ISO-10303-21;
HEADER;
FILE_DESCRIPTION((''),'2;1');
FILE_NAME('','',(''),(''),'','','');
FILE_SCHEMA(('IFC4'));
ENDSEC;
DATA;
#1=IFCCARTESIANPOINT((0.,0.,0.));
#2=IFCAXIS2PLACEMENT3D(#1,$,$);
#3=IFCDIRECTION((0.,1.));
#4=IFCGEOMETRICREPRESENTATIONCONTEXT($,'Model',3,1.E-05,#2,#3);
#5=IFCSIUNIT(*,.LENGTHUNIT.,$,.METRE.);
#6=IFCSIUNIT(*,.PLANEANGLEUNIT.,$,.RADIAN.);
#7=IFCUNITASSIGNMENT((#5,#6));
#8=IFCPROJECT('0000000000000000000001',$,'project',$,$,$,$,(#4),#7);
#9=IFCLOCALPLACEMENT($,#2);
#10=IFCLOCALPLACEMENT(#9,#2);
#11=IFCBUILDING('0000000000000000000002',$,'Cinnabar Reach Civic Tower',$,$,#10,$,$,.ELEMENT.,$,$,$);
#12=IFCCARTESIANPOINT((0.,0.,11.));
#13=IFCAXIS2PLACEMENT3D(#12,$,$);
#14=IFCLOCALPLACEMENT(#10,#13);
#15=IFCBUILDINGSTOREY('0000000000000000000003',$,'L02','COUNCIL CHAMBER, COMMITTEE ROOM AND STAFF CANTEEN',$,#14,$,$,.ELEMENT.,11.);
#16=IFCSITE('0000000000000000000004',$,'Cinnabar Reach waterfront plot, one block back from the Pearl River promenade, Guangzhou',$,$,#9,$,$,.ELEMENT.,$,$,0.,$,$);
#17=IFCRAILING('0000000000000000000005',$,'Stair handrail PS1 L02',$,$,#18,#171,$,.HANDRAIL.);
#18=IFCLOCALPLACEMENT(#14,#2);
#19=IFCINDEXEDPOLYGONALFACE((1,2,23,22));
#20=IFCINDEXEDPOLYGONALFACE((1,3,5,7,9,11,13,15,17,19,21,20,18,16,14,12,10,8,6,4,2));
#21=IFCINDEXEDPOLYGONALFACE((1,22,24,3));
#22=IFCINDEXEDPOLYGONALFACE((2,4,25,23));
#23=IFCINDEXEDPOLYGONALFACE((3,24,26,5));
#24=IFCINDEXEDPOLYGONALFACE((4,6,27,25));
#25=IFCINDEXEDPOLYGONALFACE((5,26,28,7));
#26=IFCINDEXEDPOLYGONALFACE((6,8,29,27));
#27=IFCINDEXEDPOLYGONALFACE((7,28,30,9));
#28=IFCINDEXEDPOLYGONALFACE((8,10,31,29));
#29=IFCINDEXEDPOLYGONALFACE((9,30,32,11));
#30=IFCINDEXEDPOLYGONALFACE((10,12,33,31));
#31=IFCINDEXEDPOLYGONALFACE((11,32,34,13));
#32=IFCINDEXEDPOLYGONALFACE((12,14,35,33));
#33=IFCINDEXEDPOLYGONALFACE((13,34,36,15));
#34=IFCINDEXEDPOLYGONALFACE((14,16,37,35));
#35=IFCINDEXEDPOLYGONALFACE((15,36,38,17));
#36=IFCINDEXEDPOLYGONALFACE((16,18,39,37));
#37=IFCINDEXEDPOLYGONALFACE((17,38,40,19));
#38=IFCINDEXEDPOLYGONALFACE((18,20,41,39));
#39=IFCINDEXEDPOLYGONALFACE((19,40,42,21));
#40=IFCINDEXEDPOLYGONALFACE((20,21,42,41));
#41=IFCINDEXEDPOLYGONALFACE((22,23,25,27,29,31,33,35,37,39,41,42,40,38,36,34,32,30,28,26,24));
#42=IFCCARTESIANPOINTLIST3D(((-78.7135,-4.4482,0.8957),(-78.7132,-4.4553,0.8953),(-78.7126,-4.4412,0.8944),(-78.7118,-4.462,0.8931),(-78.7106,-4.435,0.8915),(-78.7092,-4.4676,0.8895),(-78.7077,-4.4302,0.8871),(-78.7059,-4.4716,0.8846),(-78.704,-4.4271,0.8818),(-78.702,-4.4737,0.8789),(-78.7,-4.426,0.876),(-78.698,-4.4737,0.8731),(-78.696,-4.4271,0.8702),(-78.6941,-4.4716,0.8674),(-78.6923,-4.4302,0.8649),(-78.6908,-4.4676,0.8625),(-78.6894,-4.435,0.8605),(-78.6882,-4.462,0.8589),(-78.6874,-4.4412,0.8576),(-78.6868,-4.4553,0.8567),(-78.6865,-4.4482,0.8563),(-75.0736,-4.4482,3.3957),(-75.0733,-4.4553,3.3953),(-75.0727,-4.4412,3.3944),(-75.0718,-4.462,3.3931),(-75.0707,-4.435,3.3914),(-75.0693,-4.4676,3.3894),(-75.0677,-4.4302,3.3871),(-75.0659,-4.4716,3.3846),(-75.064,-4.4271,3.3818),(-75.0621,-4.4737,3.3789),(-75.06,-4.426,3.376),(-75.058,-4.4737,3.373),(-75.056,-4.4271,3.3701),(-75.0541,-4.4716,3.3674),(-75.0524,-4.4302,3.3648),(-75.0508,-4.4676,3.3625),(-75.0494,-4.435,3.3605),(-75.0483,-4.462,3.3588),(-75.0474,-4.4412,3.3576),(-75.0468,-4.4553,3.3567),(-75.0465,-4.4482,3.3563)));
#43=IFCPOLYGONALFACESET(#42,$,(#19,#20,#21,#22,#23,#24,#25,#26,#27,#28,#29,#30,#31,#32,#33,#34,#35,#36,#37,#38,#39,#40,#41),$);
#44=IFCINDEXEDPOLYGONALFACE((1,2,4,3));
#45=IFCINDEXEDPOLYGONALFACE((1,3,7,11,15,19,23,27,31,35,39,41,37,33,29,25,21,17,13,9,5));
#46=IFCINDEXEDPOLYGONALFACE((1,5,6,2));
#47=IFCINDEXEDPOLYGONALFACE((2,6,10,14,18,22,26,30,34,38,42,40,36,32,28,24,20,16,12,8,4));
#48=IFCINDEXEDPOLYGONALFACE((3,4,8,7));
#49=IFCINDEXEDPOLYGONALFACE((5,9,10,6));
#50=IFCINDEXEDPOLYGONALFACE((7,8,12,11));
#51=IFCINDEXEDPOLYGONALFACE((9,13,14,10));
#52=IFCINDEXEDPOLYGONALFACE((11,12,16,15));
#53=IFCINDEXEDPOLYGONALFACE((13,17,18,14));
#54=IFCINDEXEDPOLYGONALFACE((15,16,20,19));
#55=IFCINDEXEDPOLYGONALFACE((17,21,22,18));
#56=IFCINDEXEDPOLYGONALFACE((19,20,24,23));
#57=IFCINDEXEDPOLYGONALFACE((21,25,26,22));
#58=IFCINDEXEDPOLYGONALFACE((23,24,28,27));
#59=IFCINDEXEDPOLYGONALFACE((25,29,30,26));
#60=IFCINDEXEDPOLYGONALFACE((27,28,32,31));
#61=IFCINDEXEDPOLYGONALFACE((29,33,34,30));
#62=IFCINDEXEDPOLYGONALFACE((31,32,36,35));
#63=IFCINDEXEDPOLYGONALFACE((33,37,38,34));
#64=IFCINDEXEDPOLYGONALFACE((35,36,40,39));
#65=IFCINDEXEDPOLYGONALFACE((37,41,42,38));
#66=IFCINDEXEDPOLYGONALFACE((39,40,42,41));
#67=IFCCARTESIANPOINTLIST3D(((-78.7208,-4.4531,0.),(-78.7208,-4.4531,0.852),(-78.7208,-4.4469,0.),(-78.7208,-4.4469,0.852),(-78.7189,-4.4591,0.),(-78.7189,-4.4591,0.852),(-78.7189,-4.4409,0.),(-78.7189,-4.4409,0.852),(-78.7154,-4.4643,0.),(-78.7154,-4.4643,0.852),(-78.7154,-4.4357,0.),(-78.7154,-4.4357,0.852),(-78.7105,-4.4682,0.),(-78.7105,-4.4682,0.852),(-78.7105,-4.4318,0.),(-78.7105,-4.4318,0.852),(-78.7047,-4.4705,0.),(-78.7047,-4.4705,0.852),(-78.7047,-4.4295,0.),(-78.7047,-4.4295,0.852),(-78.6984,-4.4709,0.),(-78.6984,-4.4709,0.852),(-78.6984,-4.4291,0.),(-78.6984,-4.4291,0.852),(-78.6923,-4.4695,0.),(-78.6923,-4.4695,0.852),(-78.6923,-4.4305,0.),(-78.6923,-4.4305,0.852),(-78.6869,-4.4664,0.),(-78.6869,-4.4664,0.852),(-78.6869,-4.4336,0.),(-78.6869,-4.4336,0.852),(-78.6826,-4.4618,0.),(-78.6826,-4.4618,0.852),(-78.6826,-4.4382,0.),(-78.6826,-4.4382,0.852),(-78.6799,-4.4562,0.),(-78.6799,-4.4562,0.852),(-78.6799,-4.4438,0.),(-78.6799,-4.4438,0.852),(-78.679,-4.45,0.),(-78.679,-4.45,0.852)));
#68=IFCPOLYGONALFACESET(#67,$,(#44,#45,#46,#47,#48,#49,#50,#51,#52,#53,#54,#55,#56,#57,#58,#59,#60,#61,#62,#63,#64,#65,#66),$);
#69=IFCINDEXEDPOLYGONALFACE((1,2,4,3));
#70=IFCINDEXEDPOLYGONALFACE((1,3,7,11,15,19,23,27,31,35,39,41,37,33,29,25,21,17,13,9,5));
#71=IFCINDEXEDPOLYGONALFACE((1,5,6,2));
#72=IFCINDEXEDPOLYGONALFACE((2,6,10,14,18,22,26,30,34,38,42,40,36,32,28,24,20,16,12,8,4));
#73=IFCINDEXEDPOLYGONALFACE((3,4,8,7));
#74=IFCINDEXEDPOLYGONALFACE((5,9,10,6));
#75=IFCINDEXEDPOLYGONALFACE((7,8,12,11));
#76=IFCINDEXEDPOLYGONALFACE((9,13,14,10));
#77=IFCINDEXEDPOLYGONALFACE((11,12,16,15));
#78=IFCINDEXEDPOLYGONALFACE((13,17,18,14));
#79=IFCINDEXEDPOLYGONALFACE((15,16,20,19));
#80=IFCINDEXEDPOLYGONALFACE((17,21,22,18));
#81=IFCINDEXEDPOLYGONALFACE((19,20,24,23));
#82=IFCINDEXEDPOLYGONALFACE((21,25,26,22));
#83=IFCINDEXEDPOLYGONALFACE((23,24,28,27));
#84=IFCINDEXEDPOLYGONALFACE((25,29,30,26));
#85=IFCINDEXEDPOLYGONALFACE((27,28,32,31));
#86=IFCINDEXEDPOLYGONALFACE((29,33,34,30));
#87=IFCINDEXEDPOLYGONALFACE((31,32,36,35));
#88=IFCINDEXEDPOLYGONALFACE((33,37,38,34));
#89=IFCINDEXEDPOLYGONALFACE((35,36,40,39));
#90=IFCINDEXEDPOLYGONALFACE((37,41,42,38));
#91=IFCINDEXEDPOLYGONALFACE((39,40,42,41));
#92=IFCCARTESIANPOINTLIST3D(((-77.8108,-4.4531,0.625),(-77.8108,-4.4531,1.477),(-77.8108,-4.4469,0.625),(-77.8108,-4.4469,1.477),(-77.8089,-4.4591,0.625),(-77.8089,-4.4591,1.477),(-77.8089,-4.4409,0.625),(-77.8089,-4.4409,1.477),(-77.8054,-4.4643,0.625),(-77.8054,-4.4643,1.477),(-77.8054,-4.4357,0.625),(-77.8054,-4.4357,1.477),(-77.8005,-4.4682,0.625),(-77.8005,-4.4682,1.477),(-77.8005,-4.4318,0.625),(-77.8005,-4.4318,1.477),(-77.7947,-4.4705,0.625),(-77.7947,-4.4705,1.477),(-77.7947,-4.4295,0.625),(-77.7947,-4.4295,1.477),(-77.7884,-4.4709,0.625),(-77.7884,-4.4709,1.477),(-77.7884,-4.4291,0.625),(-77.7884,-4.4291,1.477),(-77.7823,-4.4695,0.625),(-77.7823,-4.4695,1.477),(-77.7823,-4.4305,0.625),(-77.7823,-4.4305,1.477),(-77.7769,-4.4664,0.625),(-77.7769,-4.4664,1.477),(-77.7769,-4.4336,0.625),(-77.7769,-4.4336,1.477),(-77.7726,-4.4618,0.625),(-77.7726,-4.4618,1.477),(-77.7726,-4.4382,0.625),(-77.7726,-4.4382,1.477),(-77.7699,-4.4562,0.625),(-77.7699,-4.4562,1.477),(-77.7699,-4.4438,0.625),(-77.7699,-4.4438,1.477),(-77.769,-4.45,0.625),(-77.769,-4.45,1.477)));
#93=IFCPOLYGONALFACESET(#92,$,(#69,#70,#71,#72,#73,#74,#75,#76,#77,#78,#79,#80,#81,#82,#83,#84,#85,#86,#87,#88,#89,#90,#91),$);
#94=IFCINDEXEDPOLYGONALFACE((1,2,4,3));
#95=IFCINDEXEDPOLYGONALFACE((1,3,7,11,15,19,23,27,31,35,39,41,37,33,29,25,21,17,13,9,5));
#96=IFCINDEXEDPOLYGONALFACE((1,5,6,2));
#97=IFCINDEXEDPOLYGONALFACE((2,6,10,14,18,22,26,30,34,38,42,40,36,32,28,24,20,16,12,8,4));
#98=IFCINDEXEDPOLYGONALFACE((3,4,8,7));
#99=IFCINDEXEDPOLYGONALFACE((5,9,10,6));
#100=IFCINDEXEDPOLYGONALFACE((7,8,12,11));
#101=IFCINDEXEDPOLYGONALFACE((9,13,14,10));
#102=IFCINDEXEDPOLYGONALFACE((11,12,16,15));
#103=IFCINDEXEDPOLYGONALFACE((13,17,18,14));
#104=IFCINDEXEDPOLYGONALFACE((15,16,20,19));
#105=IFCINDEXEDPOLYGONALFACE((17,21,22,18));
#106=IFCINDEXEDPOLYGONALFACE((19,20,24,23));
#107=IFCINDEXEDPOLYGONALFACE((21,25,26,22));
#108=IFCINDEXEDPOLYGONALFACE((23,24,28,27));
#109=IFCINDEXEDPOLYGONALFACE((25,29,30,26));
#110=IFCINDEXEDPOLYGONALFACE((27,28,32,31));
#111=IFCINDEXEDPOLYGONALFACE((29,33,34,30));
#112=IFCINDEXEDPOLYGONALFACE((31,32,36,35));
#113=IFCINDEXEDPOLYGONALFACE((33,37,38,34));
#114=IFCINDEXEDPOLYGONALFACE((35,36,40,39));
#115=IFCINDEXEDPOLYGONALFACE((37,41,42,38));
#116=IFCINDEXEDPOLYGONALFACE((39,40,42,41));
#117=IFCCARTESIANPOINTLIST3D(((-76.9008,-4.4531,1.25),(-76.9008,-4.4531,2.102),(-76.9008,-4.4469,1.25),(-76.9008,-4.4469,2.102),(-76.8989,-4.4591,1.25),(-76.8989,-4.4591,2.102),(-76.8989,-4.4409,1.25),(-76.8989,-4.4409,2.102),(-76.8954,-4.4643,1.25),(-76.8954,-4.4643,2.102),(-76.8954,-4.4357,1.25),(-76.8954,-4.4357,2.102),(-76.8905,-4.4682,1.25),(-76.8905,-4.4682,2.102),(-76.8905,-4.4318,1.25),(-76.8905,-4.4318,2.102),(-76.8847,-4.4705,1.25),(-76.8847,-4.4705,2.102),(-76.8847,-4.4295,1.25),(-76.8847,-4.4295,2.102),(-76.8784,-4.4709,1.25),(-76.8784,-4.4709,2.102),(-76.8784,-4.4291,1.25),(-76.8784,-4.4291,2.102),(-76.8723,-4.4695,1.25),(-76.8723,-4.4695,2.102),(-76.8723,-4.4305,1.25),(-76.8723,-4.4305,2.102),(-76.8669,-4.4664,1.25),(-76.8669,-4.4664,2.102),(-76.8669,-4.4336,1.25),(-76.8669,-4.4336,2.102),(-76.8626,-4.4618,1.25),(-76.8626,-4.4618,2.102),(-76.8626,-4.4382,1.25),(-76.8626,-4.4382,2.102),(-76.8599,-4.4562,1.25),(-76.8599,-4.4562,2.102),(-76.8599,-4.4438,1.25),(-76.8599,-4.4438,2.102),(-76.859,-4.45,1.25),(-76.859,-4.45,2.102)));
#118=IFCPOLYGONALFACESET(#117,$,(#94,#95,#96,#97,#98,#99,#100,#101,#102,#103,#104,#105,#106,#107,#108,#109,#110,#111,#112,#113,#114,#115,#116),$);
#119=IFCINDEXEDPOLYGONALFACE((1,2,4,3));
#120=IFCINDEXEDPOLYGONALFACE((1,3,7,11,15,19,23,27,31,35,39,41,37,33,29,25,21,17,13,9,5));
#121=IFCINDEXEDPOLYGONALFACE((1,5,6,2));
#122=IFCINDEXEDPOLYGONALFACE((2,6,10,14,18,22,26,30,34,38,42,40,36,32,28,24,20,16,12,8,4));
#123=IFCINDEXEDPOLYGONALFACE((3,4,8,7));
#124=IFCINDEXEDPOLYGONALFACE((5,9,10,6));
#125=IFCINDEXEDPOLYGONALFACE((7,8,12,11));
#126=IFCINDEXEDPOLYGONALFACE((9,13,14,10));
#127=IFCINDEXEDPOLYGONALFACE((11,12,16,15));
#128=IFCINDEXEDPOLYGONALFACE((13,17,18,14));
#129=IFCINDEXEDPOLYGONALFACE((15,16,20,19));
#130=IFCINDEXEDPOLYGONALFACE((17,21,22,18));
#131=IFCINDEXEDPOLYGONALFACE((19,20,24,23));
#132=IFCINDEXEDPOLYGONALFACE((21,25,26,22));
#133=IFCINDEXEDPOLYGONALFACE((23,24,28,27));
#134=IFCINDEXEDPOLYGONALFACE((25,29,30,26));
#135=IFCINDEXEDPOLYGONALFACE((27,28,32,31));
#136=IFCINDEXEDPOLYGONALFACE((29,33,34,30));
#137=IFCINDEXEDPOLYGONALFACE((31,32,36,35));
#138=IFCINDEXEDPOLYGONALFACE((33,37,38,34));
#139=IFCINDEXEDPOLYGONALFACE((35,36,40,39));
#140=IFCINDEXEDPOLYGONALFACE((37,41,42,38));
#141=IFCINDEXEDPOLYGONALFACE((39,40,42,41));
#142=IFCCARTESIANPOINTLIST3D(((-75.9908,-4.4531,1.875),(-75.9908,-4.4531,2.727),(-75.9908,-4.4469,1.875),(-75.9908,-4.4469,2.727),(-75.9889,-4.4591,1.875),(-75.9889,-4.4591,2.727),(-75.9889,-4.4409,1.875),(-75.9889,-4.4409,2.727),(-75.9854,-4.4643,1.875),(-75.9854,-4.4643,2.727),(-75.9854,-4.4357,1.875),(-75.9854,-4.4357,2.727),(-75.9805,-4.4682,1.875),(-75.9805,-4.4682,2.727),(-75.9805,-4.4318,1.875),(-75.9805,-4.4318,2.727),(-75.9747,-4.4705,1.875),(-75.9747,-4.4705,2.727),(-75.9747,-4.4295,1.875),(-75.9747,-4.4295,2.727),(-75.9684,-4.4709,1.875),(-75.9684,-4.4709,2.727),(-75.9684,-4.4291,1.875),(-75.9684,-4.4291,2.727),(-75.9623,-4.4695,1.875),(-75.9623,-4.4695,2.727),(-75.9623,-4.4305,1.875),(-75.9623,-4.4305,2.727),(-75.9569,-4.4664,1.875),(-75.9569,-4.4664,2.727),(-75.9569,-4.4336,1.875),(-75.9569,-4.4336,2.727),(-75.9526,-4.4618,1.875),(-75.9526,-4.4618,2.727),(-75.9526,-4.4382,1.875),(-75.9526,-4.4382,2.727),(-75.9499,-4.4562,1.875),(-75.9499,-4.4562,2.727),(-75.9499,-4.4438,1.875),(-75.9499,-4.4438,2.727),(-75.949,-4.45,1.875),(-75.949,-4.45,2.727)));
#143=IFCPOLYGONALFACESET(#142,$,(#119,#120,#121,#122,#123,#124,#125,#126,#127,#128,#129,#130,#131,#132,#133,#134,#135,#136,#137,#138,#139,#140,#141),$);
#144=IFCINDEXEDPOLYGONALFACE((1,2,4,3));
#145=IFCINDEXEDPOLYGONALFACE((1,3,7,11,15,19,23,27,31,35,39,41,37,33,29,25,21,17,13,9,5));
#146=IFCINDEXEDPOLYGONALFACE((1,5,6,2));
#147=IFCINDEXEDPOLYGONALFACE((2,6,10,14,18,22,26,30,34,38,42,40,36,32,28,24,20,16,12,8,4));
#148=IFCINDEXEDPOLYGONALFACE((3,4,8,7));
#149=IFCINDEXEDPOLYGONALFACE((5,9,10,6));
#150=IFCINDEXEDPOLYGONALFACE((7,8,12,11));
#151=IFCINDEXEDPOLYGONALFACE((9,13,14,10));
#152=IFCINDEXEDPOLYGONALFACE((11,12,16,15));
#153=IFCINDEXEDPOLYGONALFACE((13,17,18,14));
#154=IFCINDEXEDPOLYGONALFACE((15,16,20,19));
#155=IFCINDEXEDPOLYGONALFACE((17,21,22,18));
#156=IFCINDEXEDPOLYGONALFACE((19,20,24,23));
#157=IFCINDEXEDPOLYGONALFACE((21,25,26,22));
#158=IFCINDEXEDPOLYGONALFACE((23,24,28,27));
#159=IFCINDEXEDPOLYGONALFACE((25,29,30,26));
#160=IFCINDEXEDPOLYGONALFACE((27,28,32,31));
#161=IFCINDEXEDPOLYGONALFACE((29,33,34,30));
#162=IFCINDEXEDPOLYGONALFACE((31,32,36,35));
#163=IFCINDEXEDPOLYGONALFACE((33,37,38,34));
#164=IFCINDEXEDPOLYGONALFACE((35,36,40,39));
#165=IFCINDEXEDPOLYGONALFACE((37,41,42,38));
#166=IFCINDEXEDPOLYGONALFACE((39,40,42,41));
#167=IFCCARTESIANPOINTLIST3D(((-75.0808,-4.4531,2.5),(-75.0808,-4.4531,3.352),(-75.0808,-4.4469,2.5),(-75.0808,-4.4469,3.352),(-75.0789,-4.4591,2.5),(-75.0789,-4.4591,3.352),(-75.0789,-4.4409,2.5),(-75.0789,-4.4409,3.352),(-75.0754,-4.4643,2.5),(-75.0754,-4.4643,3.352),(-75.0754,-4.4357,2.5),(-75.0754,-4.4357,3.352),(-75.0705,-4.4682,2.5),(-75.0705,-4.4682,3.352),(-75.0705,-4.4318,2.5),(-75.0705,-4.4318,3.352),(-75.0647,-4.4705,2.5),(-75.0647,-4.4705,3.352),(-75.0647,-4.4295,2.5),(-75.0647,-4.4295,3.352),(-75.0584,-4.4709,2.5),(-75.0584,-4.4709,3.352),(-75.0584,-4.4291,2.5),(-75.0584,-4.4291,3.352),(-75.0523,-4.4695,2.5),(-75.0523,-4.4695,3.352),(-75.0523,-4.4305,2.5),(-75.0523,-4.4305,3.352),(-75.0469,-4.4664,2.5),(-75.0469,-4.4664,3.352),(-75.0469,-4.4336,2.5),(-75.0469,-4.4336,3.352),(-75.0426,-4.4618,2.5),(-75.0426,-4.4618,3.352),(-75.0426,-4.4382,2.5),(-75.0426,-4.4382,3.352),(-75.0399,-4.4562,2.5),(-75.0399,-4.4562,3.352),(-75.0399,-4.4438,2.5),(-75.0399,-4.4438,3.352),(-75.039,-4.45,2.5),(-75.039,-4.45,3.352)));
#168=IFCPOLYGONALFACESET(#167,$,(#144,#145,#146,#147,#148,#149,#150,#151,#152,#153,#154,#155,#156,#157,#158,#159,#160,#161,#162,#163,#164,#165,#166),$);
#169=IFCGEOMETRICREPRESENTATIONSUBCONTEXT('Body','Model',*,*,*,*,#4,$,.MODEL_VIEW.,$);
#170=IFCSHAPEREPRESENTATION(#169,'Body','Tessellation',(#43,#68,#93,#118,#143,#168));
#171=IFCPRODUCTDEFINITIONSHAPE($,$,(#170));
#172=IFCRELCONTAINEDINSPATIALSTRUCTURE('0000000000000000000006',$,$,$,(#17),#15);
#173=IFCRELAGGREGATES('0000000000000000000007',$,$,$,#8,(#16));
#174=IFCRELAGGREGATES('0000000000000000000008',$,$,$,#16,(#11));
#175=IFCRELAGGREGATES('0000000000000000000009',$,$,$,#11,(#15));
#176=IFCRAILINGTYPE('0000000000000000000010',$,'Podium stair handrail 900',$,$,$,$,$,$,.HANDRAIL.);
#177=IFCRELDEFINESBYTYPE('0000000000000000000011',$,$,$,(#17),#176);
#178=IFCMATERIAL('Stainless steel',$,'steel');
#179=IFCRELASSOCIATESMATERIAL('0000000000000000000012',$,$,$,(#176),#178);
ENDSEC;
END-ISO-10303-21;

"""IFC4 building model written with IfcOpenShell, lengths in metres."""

from ifc_helpers import new_model, si_unit, direction, frame, origin, origin_2d, place, context, subcontext, project, spatial, circle, extrude, material, type_object, element, save


model = new_model("IFC4")

# Units and contexts
model_context = context("Model", 3, precision=1e-05, world=origin(), true_north=direction((0.0, 1.0)))
body_context = subcontext(model_context, "Body", "Model", "MODEL_VIEW")
ifc_project = project(units=[si_unit("LENGTHUNIT", "METRE"), si_unit("PLANEANGLEUNIT", "RADIAN")], contexts=[model_context])

# Site, building, storey
site_placement = place(None, origin())
site = spatial("IfcSite", under=ifc_project, at=site_placement, Name="Cinnabar Reach waterfront plot, one block back from the Pearl River promenade, Guangzhou", CompositionType="ELEMENT", RefElevation=0.0)
building_placement = place(site_placement, origin())
building = spatial("IfcBuilding", under=site, at=building_placement, Name="Cinnabar Reach Civic Tower", CompositionType="ELEMENT")
storey_placement = place(building_placement, frame((0.0, 0.0, 11.0)))
storey = spatial("IfcBuildingStorey", under=building, at=storey_placement, Name="L02", Description="COUNCIL CHAMBER, COMMITTEE ROOM AND STAFF CANTEEN", CompositionType="ELEMENT", Elevation=11.0)

# Railing
ifc_material_1 = material(Name="Stainless steel", Category="steel")
railing_type_1 = type_object("IfcRailingType", Name="Podium stair handrail 900", PredefinedType="HANDRAIL", material=ifc_material_1)
railing_1_placement = place(storey_placement, frame((-78.7, -4.45, 0.0)))
element("IfcRailing", 1, at=railing_1_placement, inside=storey, type_object=railing_type_1, Name="Stair handrail PS1 L02", PredefinedType="HANDRAIL", context=body_context, shape_type="SweptSolid", body=[
    extrude(circle(Radius=0.024, at=origin_2d()), frame((0.0, 0.0, 0.876), z_axis=(0.824306, 0.0, 0.566144), x_axis=(0.0, 1.0, 0.0)), (0.0, 0.0, 1.0), 4.4158),
    extrude(circle(Radius=0.021, at=origin_2d()), origin(), (0.0, 0.0, 1.0), 0.852),
    extrude(circle(Radius=0.021, at=origin_2d()), frame((0.91, 0.0, 0.625)), (0.0, 0.0, 1.0), 0.852),
    extrude(circle(Radius=0.021, at=origin_2d()), frame((1.82, 0.0, 1.25)), (0.0, 0.0, 1.0), 0.852),
    extrude(circle(Radius=0.021, at=origin_2d()), frame((2.73, 0.0, 1.875)), (0.0, 0.0, 1.0), 0.852),
    extrude(circle(Radius=0.021, at=origin_2d()), frame((3.64, 0.0, 2.5)), (0.0, 0.0, 1.0), 0.852),
])

save(model, "model.ifc")
